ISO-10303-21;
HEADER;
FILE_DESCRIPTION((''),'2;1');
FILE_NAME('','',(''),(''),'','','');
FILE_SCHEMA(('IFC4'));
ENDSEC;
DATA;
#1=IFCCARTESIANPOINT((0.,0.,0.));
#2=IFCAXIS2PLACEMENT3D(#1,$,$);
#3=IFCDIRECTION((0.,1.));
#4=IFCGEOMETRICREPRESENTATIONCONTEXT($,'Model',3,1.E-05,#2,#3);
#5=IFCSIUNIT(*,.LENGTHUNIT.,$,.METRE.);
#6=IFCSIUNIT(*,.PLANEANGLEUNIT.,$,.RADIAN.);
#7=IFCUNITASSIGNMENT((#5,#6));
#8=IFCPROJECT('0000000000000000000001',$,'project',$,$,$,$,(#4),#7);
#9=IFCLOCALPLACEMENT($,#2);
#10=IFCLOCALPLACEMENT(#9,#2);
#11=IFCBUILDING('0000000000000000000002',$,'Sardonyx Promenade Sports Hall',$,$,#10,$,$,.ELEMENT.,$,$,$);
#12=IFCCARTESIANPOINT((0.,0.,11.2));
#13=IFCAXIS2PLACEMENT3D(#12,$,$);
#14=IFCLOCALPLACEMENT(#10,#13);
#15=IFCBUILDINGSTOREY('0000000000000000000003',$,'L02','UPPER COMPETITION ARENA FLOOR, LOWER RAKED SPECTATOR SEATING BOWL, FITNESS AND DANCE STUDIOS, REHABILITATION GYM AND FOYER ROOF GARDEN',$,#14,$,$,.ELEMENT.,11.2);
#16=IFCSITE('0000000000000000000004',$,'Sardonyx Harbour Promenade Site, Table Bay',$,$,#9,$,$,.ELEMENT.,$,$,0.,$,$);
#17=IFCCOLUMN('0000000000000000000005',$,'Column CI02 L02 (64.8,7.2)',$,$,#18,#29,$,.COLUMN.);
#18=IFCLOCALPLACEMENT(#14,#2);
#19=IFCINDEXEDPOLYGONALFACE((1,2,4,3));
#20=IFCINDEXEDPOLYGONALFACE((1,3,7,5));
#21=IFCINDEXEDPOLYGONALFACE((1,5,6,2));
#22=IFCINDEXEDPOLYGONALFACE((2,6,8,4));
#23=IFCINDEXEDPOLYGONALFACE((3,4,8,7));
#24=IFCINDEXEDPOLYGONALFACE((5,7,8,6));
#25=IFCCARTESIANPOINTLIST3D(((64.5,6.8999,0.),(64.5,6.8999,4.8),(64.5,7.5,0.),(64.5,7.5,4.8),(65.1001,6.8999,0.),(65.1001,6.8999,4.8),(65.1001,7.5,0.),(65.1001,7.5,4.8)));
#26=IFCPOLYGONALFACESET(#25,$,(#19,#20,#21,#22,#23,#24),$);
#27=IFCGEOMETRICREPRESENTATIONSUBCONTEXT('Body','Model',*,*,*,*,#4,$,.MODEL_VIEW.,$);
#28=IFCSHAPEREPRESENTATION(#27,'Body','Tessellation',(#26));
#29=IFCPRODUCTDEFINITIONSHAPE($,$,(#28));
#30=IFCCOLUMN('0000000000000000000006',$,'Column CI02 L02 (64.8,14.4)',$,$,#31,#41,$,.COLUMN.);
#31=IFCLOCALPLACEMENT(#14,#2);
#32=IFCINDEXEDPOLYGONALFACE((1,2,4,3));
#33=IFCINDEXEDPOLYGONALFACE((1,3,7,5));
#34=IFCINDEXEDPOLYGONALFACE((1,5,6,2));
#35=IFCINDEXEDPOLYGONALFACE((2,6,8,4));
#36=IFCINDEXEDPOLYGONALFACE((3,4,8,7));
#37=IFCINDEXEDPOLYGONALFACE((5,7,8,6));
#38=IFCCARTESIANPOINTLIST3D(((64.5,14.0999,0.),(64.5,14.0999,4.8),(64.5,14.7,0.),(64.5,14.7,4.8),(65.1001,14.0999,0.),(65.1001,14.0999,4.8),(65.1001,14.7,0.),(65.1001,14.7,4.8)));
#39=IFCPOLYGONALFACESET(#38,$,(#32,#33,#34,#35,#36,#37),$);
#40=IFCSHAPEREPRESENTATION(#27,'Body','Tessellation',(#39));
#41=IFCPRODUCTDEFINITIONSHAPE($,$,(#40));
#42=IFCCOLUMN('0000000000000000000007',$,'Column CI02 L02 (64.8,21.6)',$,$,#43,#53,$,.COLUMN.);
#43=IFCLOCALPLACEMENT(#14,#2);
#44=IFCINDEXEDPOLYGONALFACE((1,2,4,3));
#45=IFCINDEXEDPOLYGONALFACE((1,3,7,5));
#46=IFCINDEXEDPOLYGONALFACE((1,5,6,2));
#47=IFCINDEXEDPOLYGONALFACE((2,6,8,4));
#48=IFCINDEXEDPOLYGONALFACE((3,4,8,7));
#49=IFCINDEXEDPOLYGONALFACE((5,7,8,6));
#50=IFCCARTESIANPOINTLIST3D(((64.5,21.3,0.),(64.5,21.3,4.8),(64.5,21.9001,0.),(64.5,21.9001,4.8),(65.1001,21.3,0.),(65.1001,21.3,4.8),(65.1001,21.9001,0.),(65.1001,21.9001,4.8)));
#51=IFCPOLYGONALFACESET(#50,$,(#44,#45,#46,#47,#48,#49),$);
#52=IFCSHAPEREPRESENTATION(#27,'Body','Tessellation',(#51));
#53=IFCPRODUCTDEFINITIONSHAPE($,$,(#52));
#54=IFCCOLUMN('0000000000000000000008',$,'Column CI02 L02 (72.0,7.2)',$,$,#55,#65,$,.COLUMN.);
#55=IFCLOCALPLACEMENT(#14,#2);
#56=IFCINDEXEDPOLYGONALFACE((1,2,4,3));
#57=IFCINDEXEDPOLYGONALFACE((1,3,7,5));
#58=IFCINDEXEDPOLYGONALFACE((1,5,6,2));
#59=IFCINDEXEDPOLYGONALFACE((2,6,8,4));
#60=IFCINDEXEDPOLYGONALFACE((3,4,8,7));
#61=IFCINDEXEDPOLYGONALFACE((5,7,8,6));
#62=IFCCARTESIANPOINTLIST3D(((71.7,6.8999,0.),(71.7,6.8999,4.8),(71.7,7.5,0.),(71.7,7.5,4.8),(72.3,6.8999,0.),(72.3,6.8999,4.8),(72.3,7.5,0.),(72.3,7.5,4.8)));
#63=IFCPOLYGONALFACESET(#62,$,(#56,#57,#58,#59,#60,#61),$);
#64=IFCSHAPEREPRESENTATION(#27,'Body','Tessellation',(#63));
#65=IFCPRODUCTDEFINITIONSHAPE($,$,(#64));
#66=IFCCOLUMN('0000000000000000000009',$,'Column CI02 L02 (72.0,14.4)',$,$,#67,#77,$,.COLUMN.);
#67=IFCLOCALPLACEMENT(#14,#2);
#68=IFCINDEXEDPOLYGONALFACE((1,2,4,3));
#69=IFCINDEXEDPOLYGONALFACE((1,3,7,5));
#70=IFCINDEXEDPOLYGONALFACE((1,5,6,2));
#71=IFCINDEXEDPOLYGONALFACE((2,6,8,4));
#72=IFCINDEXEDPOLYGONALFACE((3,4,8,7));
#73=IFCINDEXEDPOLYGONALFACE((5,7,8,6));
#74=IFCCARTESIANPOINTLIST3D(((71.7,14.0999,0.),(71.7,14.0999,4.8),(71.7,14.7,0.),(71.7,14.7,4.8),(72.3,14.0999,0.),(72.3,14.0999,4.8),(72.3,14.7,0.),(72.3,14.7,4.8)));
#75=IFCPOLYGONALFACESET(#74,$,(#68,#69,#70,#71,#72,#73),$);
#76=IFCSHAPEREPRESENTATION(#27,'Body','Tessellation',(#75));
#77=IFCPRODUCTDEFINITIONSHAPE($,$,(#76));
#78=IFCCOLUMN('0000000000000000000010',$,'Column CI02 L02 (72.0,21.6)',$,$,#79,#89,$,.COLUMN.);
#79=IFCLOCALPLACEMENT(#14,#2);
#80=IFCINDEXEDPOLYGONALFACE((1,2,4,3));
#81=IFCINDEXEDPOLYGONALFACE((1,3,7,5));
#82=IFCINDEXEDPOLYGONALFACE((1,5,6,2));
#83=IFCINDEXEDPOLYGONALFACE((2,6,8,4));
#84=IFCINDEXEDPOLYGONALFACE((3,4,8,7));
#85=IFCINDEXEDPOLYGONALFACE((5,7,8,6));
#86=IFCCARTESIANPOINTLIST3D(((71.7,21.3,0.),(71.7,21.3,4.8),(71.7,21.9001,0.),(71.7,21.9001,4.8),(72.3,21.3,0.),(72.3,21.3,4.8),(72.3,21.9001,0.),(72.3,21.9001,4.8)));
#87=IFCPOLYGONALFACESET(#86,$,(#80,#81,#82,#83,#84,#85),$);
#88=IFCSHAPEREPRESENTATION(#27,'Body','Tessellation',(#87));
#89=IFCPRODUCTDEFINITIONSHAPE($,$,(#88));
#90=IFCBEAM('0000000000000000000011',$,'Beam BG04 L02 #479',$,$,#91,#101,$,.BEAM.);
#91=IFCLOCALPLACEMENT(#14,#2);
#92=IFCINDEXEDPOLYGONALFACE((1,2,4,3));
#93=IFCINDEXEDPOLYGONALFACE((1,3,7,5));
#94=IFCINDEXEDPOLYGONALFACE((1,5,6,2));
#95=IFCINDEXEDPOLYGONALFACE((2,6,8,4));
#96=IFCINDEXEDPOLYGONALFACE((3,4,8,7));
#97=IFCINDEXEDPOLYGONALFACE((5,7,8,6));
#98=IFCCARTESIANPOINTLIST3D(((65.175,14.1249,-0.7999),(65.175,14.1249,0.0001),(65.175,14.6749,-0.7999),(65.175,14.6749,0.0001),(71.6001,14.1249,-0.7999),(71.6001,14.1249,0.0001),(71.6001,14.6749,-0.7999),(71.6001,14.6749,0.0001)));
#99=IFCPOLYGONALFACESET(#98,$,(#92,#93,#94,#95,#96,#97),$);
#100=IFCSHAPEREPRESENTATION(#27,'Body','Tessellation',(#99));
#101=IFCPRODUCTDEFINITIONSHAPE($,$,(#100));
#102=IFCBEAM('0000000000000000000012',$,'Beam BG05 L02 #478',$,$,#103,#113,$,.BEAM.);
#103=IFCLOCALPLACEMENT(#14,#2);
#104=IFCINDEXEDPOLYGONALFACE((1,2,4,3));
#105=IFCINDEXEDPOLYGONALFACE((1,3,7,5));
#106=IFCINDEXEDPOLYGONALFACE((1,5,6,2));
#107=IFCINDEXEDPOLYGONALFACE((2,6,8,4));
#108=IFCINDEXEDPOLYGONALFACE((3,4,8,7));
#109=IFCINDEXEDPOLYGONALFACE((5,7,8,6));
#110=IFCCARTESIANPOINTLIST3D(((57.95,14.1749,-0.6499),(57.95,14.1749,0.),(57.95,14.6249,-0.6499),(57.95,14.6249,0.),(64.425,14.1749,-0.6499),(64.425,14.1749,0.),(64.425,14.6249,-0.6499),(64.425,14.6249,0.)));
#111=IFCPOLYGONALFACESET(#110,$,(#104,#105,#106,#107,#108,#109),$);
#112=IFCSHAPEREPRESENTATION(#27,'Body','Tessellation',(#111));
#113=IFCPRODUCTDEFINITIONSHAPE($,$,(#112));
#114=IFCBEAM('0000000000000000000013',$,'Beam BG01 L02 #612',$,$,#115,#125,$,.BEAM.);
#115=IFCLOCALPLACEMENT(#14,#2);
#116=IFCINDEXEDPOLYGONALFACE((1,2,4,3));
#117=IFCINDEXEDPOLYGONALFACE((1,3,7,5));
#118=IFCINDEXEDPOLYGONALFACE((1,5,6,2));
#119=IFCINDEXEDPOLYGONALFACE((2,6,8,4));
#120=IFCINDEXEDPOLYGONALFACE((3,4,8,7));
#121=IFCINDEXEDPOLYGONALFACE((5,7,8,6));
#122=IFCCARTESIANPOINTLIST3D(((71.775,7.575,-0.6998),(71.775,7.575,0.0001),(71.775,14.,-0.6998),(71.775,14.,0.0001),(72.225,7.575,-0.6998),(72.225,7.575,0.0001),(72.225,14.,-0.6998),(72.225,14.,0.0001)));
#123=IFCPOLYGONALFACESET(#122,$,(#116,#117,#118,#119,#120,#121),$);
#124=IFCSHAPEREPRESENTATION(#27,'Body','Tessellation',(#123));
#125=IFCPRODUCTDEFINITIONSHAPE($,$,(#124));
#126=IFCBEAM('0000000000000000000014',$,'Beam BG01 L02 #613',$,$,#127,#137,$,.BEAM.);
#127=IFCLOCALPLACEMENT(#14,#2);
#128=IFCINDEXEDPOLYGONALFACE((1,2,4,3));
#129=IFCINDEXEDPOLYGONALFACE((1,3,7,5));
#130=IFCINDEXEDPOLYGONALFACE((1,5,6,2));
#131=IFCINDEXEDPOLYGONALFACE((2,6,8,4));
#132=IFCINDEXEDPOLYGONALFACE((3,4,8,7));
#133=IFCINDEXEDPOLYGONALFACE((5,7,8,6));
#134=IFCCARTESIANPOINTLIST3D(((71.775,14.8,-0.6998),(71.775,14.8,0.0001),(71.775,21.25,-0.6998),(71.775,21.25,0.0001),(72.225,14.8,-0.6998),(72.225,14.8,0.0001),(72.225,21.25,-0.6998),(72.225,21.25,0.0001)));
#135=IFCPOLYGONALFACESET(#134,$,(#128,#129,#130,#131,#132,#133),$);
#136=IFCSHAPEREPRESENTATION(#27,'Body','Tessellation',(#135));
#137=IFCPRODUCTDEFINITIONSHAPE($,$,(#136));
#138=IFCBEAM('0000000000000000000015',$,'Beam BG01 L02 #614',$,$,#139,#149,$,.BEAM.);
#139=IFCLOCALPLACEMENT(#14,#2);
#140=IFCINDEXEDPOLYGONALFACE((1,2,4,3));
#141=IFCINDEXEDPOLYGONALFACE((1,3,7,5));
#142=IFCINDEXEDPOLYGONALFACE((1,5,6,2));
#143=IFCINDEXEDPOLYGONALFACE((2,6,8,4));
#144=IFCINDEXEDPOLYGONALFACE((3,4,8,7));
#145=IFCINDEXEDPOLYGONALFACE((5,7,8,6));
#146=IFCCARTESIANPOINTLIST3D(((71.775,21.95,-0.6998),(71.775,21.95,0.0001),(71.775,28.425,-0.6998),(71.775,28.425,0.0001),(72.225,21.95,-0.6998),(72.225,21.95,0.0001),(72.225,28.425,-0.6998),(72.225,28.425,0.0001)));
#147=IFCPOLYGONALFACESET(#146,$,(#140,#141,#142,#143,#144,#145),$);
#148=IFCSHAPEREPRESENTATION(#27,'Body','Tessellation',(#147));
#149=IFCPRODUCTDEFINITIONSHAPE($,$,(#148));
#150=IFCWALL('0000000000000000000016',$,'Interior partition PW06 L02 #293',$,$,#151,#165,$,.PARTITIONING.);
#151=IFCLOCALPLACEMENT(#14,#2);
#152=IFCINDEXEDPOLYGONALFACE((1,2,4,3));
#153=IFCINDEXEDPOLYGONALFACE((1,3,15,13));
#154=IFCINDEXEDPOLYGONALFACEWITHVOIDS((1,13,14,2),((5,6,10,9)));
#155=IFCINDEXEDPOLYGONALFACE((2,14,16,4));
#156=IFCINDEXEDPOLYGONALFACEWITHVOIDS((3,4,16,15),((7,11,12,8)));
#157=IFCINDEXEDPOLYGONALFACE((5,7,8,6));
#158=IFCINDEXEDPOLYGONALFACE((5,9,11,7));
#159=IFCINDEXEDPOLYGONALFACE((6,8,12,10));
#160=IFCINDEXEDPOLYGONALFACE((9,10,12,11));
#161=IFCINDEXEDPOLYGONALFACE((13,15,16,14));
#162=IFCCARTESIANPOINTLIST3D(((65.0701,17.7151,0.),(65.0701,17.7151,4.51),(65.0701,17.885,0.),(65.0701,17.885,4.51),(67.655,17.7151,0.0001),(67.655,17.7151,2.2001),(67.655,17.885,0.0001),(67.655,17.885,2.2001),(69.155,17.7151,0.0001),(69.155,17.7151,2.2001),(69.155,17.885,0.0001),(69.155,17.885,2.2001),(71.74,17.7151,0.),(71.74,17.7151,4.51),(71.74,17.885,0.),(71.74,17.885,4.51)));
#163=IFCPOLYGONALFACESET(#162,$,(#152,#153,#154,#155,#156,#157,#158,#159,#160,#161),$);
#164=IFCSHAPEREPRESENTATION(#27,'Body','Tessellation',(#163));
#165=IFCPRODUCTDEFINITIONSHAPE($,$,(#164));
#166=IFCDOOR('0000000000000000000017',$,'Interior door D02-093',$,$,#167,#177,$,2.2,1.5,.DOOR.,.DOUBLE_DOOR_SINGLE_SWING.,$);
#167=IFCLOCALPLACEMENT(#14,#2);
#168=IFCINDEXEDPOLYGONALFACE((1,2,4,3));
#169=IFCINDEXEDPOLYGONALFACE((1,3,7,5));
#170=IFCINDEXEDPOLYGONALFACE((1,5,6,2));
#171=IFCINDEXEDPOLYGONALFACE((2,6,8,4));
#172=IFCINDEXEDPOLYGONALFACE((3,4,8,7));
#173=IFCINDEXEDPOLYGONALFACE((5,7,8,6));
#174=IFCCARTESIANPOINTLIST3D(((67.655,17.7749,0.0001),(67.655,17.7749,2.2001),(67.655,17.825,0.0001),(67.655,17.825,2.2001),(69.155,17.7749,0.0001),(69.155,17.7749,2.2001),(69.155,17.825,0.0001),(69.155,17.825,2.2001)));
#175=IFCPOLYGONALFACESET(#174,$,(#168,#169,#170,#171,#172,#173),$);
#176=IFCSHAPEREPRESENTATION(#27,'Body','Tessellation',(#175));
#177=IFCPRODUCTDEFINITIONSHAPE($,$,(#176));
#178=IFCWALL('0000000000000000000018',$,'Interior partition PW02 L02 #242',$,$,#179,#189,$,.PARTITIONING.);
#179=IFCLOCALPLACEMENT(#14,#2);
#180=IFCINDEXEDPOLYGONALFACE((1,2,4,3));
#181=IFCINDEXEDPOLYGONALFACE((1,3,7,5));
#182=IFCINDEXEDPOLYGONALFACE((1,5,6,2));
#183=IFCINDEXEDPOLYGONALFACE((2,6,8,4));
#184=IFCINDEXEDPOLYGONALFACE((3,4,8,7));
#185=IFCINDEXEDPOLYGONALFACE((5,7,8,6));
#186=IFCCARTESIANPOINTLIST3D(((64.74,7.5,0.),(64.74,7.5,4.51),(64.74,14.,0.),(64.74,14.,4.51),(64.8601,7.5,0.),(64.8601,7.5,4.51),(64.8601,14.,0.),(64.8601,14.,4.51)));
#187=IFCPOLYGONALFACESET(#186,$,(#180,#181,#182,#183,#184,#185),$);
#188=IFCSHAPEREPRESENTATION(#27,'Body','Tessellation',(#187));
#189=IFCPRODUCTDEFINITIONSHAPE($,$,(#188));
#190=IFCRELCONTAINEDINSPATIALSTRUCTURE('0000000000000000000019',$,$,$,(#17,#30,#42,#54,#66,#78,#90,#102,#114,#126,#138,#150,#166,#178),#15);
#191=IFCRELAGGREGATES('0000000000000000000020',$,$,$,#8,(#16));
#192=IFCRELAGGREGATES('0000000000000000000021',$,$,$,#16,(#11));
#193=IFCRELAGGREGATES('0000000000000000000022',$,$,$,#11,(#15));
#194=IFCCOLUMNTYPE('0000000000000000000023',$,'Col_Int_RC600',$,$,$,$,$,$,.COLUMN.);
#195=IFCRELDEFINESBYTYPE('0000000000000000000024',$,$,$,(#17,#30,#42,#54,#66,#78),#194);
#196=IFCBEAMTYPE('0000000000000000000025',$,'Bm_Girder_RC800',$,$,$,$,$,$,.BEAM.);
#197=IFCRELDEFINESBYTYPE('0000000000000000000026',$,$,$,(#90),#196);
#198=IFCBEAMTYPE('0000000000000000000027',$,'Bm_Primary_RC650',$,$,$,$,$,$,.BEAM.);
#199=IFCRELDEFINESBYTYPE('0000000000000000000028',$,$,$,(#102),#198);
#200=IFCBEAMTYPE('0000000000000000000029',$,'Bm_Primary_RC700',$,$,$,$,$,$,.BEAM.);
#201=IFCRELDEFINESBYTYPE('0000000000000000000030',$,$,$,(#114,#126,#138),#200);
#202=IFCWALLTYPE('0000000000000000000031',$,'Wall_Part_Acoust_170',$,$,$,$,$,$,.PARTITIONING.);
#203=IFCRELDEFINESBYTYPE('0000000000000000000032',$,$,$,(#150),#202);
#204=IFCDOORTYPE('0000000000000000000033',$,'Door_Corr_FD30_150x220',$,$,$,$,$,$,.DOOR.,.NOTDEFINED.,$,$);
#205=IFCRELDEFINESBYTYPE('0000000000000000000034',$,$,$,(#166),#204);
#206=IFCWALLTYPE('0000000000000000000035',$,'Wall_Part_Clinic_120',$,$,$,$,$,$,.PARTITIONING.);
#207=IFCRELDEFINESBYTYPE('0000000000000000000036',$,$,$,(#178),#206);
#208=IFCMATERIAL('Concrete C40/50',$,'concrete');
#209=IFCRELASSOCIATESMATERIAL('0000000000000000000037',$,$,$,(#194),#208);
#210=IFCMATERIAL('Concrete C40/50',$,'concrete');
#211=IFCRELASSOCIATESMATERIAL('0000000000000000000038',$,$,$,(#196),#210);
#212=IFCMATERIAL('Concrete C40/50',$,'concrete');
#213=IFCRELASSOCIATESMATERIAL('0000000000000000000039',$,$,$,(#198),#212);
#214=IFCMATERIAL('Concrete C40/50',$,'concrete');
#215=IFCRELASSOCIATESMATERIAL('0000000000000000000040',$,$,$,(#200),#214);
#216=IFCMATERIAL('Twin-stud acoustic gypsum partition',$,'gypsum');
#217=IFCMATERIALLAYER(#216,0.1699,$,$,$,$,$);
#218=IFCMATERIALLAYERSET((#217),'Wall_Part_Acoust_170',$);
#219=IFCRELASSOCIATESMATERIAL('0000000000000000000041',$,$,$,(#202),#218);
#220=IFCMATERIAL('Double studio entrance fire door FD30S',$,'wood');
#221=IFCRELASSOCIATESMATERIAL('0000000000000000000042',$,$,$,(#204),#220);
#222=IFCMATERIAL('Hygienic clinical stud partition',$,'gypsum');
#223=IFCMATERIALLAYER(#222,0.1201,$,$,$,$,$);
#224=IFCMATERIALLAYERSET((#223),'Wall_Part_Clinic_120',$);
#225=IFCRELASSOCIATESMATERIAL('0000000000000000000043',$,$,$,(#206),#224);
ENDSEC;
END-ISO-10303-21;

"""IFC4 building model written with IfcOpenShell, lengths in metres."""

from ifc_helpers import new_model, si_unit, direction, frame, frame_2d, origin, origin_2d, place, context, subcontext, project, spatial, rectangle, extrude, material, layer, layer_set, material_profile, profile_set, type_object, element, fill, save


model = new_model("IFC4")

# Units and contexts
model_context = context("Model", 3, precision=1e-05, world=origin(), true_north=direction((0.0, 1.0)))
body_context = subcontext(model_context, "Body", "Model", "MODEL_VIEW")
ifc_project = project(units=[si_unit("LENGTHUNIT", "METRE"), si_unit("PLANEANGLEUNIT", "RADIAN")], contexts=[model_context])

# Site, building, storey
site_placement = place(None, origin())
site = spatial("IfcSite", under=ifc_project, at=site_placement, Name="Sardonyx Harbour Promenade Site, Table Bay", CompositionType="ELEMENT", RefElevation=0.0)
building_placement = place(site_placement, origin())
building = spatial("IfcBuilding", under=site, at=building_placement, Name="Sardonyx Promenade Sports Hall", CompositionType="ELEMENT")
storey_placement = place(building_placement, frame((0.0, 0.0, 11.2)))
storey = spatial("IfcBuildingStorey", under=building, at=storey_placement, Name="L02", Description="UPPER COMPETITION ARENA FLOOR, LOWER RAKED SPECTATOR SEATING BOWL, FITNESS AND DANCE STUDIOS, REHABILITATION GYM AND FOYER ROOF GARDEN", CompositionType="ELEMENT", Elevation=11.2)

# Columns
ifc_material_1 = material(Name="Concrete C40/50", Category="concrete")
ifc_material_profile_1 = material_profile(ifc_material_1, rectangle(XDim=0.6001, YDim=0.6001, at=origin_2d()))
ifc_profile_set_1 = profile_set([ifc_material_profile_1], Name="Concrete C40/50")
column_type = type_object("IfcColumnType", Name="Col_Int_RC600", PredefinedType="COLUMN", material=ifc_profile_set_1)
for number, where, z_axis, x_axis, name in (
    (1, (64.8, 7.2, 0.0), (0.0, 0.0, 1.0), (1.0, 0.0, 0.0), "Column CI02 L02 (64.8,7.2)"),
    (2, (64.8, 14.3999, 0.0), (0.0, 0.0, 1.0), (1.0, 0.0, 0.0), "Column CI02 L02 (64.8,14.4)"),
    (3, (64.8, 21.6001, 0.0), (0.0, 0.0, 1.0), (1.0, 0.0, 0.0), "Column CI02 L02 (64.8,21.6)"),
    (4, (72.0, 7.2, 0.0), (0.0, 0.0, 1.0), (1.0, 0.0, 0.0), "Column CI02 L02 (72.0,7.2)"),
    (5, (72.0, 14.3999, 0.0), (0.0, 0.0, 1.0), (1.0, 0.0, 0.0), "Column CI02 L02 (72.0,14.4)"),
    (6, (72.0, 21.6001, 0.0), (0.0, 0.0, 1.0), (1.0, 0.0, 0.0), "Column CI02 L02 (72.0,21.6)"),
):
    element("IfcColumn", number, at=place(storey_placement, frame(where, z_axis=z_axis, x_axis=x_axis)), inside=storey, type_object=column_type, Name=name, PredefinedType="COLUMN", context=body_context, shape_type="SweptSolid", body=[
        extrude(rectangle(XDim=0.6001, YDim=0.6001, at=origin_2d()), origin(), (0.0, 0.0, 1.0), 4.8),
    ])

# Beams
ifc_material_2 = material(Name="Concrete C40/50", Category="concrete")
ifc_material_profile_2 = material_profile(ifc_material_2, rectangle(XDim=0.55, YDim=0.8, at=origin_2d()))
ifc_profile_set_2 = profile_set([ifc_material_profile_2], Name="Concrete C40/50")
beam_type_1 = type_object("IfcBeamType", Name="Bm_Girder_RC800", PredefinedType="BEAM", material=ifc_profile_set_2)
beam_1_placement = place(storey_placement, frame((65.175, 14.3999, -0.3999), z_axis=(1.0, 0.0, 0.0), x_axis=(0.0, 1.0, 0.0)))
element("IfcBeam", 7, at=beam_1_placement, inside=storey, type_object=beam_type_1, Name="Beam BG04 L02 #479", PredefinedType="BEAM", context=body_context, shape_type="SweptSolid", body=[
    extrude(rectangle(XDim=0.55, YDim=0.8, at=origin_2d()), origin(), (0.0, 0.0, 1.0), 6.425),
])
ifc_material_3 = material(Name="Concrete C40/50", Category="concrete")
ifc_material_profile_3 = material_profile(ifc_material_3, rectangle(XDim=0.45, YDim=0.6499, at=origin_2d()))
ifc_profile_set_3 = profile_set([ifc_material_profile_3], Name="Concrete C40/50")
beam_type_2 = type_object("IfcBeamType", Name="Bm_Primary_RC650", PredefinedType="BEAM", material=ifc_profile_set_3)
beam_2_placement = place(storey_placement, frame((57.95, 14.3999, -0.325), z_axis=(1.0, 0.0, 0.0), x_axis=(0.0, 1.0, 0.0)))
element("IfcBeam", 8, at=beam_2_placement, inside=storey, type_object=beam_type_2, Name="Beam BG05 L02 #478", PredefinedType="BEAM", context=body_context, shape_type="SweptSolid", body=[
    extrude(rectangle(XDim=0.45, YDim=0.6499, at=origin_2d()), origin(), (0.0, 0.0, 1.0), 6.4751),
])
ifc_material_4 = material(Name="Concrete C40/50", Category="concrete")
ifc_material_profile_4 = material_profile(ifc_material_4, rectangle(XDim=0.45, YDim=0.7, at=origin_2d()))
ifc_profile_set_4 = profile_set([ifc_material_profile_4], Name="Concrete C40/50")
beam_type_3 = type_object("IfcBeamType", Name="Bm_Primary_RC700", PredefinedType="BEAM", material=ifc_profile_set_4)
beam_3_placement = place(storey_placement, frame((72.0, 7.575, -0.3499), z_axis=(0.0, 1.0, 0.0), x_axis=(-1.0, 0.0, 0.0)))
element("IfcBeam", 9, at=beam_3_placement, inside=storey, type_object=beam_type_3, Name="Beam BG01 L02 #612", PredefinedType="BEAM", context=body_context, shape_type="SweptSolid", body=[
    extrude(rectangle(XDim=0.45, YDim=0.7, at=origin_2d()), origin(), (0.0, 0.0, 1.0), 6.425),
])
beam_4_placement = place(storey_placement, frame((72.0, 14.8, -0.3499), z_axis=(0.0, 1.0, 0.0), x_axis=(-1.0, 0.0, 0.0)))
element("IfcBeam", 10, at=beam_4_placement, inside=storey, type_object=beam_type_3, Name="Beam BG01 L02 #613", PredefinedType="BEAM", context=body_context, shape_type="SweptSolid", body=[
    extrude(rectangle(XDim=0.45, YDim=0.7, at=origin_2d()), origin(), (0.0, 0.0, 1.0), 6.45),
])
beam_5_placement = place(storey_placement, frame((72.0, 21.95, -0.3499), z_axis=(0.0, 1.0, 0.0), x_axis=(-1.0, 0.0, 0.0)))
element("IfcBeam", 11, at=beam_5_placement, inside=storey, type_object=beam_type_3, Name="Beam BG01 L02 #614", PredefinedType="BEAM", context=body_context, shape_type="SweptSolid", body=[
    extrude(rectangle(XDim=0.45, YDim=0.7, at=origin_2d()), origin(), (0.0, 0.0, 1.0), 6.4751),
])

# Wall, opening, door
ifc_material_5 = material(Name="Twin-stud acoustic gypsum partition", Category="gypsum")
ifc_layer_1 = layer(ifc_material_5, 0.1699)
ifc_layer_set_1 = layer_set([ifc_layer_1], Name="Wall_Part_Acoust_170")
wall_type_1 = type_object("IfcWallType", Name="Wall_Part_Acoust_170", PredefinedType="PARTITIONING", material=ifc_layer_set_1)
wall_1_placement = place(storey_placement, frame((65.0701, 17.8, 0.0), z_axis=(0.0, 0.0, 1.0), x_axis=(1.0, 0.0, 0.0)))
wall_1 = element("IfcWall", 12, at=wall_1_placement, inside=storey, type_object=wall_type_1, Name="Interior partition PW06 L02 #293", PredefinedType="PARTITIONING", context=body_context, shape_type="SweptSolid", body=[
    extrude(rectangle(XDim=6.6699, YDim=0.1699, at=frame_2d((3.335, 0.0))), origin(), (0.0, 0.0, 1.0), 4.51),
])
opening_1_placement = place(wall_1_placement, frame((2.585, 0.0, 0.0)))
opening_1 = element("IfcOpeningElement", 13, at=opening_1_placement, cuts=wall_1, PredefinedType="OPENING", context=body_context, shape_type="SweptSolid", body=[
    extrude(rectangle(XDim=1.5, YDim=2.2, at=frame_2d((0.75, 1.1001))), frame((0.0, 0.095, 0.0), z_axis=(0.0, -1.0, 0.0), x_axis=(1.0, 0.0, 0.0)), (0.0, 0.0, 1.0), 0.19),
])
ifc_material_6 = material(Name="Double studio entrance fire door FD30S", Category="wood")
door_type_1 = type_object("IfcDoorType", Name="Door_Corr_FD30_150x220", OperationType="NOTDEFINED", PredefinedType="DOOR", material=ifc_material_6)
door_1_placement = place(opening_1_placement, origin())
door_1 = element("IfcDoor", 14, at=door_1_placement, inside=storey, type_object=door_type_1, Name="Interior door D02-093", OperationType="DOUBLE_DOOR_SINGLE_SWING", OverallHeight=2.2, OverallWidth=1.5, PredefinedType="DOOR", context=body_context, shape_type="SweptSolid", body=[
    extrude(rectangle(XDim=1.5, YDim=2.2, at=frame_2d((0.75, 1.1001))), frame((0.0, 0.0249, 0.0), z_axis=(0.0, -1.0, 0.0), x_axis=(1.0, 0.0, 0.0)), (0.0, 0.0, 1.0), 0.05),
])
fill(opening_1, door_1)

# Wall
ifc_material_7 = material(Name="Hygienic clinical stud partition", Category="gypsum")
ifc_layer_2 = layer(ifc_material_7, 0.1201)
ifc_layer_set_2 = layer_set([ifc_layer_2], Name="Wall_Part_Clinic_120")
wall_type_2 = type_object("IfcWallType", Name="Wall_Part_Clinic_120", PredefinedType="PARTITIONING", material=ifc_layer_set_2)
wall_2_placement = place(storey_placement, frame((64.8, 7.5, 0.0), z_axis=(0.0, 0.0, 1.0), x_axis=(0.0, 1.0, 0.0)))
element("IfcWall", 15, at=wall_2_placement, inside=storey, type_object=wall_type_2, Name="Interior partition PW02 L02 #242", PredefinedType="PARTITIONING", context=body_context, shape_type="SweptSolid", body=[
    extrude(rectangle(XDim=6.5, YDim=0.1201, at=frame_2d((3.25, 0.0))), origin(), (0.0, 0.0, 1.0), 4.51),
])

save(model, "model.ifc")
